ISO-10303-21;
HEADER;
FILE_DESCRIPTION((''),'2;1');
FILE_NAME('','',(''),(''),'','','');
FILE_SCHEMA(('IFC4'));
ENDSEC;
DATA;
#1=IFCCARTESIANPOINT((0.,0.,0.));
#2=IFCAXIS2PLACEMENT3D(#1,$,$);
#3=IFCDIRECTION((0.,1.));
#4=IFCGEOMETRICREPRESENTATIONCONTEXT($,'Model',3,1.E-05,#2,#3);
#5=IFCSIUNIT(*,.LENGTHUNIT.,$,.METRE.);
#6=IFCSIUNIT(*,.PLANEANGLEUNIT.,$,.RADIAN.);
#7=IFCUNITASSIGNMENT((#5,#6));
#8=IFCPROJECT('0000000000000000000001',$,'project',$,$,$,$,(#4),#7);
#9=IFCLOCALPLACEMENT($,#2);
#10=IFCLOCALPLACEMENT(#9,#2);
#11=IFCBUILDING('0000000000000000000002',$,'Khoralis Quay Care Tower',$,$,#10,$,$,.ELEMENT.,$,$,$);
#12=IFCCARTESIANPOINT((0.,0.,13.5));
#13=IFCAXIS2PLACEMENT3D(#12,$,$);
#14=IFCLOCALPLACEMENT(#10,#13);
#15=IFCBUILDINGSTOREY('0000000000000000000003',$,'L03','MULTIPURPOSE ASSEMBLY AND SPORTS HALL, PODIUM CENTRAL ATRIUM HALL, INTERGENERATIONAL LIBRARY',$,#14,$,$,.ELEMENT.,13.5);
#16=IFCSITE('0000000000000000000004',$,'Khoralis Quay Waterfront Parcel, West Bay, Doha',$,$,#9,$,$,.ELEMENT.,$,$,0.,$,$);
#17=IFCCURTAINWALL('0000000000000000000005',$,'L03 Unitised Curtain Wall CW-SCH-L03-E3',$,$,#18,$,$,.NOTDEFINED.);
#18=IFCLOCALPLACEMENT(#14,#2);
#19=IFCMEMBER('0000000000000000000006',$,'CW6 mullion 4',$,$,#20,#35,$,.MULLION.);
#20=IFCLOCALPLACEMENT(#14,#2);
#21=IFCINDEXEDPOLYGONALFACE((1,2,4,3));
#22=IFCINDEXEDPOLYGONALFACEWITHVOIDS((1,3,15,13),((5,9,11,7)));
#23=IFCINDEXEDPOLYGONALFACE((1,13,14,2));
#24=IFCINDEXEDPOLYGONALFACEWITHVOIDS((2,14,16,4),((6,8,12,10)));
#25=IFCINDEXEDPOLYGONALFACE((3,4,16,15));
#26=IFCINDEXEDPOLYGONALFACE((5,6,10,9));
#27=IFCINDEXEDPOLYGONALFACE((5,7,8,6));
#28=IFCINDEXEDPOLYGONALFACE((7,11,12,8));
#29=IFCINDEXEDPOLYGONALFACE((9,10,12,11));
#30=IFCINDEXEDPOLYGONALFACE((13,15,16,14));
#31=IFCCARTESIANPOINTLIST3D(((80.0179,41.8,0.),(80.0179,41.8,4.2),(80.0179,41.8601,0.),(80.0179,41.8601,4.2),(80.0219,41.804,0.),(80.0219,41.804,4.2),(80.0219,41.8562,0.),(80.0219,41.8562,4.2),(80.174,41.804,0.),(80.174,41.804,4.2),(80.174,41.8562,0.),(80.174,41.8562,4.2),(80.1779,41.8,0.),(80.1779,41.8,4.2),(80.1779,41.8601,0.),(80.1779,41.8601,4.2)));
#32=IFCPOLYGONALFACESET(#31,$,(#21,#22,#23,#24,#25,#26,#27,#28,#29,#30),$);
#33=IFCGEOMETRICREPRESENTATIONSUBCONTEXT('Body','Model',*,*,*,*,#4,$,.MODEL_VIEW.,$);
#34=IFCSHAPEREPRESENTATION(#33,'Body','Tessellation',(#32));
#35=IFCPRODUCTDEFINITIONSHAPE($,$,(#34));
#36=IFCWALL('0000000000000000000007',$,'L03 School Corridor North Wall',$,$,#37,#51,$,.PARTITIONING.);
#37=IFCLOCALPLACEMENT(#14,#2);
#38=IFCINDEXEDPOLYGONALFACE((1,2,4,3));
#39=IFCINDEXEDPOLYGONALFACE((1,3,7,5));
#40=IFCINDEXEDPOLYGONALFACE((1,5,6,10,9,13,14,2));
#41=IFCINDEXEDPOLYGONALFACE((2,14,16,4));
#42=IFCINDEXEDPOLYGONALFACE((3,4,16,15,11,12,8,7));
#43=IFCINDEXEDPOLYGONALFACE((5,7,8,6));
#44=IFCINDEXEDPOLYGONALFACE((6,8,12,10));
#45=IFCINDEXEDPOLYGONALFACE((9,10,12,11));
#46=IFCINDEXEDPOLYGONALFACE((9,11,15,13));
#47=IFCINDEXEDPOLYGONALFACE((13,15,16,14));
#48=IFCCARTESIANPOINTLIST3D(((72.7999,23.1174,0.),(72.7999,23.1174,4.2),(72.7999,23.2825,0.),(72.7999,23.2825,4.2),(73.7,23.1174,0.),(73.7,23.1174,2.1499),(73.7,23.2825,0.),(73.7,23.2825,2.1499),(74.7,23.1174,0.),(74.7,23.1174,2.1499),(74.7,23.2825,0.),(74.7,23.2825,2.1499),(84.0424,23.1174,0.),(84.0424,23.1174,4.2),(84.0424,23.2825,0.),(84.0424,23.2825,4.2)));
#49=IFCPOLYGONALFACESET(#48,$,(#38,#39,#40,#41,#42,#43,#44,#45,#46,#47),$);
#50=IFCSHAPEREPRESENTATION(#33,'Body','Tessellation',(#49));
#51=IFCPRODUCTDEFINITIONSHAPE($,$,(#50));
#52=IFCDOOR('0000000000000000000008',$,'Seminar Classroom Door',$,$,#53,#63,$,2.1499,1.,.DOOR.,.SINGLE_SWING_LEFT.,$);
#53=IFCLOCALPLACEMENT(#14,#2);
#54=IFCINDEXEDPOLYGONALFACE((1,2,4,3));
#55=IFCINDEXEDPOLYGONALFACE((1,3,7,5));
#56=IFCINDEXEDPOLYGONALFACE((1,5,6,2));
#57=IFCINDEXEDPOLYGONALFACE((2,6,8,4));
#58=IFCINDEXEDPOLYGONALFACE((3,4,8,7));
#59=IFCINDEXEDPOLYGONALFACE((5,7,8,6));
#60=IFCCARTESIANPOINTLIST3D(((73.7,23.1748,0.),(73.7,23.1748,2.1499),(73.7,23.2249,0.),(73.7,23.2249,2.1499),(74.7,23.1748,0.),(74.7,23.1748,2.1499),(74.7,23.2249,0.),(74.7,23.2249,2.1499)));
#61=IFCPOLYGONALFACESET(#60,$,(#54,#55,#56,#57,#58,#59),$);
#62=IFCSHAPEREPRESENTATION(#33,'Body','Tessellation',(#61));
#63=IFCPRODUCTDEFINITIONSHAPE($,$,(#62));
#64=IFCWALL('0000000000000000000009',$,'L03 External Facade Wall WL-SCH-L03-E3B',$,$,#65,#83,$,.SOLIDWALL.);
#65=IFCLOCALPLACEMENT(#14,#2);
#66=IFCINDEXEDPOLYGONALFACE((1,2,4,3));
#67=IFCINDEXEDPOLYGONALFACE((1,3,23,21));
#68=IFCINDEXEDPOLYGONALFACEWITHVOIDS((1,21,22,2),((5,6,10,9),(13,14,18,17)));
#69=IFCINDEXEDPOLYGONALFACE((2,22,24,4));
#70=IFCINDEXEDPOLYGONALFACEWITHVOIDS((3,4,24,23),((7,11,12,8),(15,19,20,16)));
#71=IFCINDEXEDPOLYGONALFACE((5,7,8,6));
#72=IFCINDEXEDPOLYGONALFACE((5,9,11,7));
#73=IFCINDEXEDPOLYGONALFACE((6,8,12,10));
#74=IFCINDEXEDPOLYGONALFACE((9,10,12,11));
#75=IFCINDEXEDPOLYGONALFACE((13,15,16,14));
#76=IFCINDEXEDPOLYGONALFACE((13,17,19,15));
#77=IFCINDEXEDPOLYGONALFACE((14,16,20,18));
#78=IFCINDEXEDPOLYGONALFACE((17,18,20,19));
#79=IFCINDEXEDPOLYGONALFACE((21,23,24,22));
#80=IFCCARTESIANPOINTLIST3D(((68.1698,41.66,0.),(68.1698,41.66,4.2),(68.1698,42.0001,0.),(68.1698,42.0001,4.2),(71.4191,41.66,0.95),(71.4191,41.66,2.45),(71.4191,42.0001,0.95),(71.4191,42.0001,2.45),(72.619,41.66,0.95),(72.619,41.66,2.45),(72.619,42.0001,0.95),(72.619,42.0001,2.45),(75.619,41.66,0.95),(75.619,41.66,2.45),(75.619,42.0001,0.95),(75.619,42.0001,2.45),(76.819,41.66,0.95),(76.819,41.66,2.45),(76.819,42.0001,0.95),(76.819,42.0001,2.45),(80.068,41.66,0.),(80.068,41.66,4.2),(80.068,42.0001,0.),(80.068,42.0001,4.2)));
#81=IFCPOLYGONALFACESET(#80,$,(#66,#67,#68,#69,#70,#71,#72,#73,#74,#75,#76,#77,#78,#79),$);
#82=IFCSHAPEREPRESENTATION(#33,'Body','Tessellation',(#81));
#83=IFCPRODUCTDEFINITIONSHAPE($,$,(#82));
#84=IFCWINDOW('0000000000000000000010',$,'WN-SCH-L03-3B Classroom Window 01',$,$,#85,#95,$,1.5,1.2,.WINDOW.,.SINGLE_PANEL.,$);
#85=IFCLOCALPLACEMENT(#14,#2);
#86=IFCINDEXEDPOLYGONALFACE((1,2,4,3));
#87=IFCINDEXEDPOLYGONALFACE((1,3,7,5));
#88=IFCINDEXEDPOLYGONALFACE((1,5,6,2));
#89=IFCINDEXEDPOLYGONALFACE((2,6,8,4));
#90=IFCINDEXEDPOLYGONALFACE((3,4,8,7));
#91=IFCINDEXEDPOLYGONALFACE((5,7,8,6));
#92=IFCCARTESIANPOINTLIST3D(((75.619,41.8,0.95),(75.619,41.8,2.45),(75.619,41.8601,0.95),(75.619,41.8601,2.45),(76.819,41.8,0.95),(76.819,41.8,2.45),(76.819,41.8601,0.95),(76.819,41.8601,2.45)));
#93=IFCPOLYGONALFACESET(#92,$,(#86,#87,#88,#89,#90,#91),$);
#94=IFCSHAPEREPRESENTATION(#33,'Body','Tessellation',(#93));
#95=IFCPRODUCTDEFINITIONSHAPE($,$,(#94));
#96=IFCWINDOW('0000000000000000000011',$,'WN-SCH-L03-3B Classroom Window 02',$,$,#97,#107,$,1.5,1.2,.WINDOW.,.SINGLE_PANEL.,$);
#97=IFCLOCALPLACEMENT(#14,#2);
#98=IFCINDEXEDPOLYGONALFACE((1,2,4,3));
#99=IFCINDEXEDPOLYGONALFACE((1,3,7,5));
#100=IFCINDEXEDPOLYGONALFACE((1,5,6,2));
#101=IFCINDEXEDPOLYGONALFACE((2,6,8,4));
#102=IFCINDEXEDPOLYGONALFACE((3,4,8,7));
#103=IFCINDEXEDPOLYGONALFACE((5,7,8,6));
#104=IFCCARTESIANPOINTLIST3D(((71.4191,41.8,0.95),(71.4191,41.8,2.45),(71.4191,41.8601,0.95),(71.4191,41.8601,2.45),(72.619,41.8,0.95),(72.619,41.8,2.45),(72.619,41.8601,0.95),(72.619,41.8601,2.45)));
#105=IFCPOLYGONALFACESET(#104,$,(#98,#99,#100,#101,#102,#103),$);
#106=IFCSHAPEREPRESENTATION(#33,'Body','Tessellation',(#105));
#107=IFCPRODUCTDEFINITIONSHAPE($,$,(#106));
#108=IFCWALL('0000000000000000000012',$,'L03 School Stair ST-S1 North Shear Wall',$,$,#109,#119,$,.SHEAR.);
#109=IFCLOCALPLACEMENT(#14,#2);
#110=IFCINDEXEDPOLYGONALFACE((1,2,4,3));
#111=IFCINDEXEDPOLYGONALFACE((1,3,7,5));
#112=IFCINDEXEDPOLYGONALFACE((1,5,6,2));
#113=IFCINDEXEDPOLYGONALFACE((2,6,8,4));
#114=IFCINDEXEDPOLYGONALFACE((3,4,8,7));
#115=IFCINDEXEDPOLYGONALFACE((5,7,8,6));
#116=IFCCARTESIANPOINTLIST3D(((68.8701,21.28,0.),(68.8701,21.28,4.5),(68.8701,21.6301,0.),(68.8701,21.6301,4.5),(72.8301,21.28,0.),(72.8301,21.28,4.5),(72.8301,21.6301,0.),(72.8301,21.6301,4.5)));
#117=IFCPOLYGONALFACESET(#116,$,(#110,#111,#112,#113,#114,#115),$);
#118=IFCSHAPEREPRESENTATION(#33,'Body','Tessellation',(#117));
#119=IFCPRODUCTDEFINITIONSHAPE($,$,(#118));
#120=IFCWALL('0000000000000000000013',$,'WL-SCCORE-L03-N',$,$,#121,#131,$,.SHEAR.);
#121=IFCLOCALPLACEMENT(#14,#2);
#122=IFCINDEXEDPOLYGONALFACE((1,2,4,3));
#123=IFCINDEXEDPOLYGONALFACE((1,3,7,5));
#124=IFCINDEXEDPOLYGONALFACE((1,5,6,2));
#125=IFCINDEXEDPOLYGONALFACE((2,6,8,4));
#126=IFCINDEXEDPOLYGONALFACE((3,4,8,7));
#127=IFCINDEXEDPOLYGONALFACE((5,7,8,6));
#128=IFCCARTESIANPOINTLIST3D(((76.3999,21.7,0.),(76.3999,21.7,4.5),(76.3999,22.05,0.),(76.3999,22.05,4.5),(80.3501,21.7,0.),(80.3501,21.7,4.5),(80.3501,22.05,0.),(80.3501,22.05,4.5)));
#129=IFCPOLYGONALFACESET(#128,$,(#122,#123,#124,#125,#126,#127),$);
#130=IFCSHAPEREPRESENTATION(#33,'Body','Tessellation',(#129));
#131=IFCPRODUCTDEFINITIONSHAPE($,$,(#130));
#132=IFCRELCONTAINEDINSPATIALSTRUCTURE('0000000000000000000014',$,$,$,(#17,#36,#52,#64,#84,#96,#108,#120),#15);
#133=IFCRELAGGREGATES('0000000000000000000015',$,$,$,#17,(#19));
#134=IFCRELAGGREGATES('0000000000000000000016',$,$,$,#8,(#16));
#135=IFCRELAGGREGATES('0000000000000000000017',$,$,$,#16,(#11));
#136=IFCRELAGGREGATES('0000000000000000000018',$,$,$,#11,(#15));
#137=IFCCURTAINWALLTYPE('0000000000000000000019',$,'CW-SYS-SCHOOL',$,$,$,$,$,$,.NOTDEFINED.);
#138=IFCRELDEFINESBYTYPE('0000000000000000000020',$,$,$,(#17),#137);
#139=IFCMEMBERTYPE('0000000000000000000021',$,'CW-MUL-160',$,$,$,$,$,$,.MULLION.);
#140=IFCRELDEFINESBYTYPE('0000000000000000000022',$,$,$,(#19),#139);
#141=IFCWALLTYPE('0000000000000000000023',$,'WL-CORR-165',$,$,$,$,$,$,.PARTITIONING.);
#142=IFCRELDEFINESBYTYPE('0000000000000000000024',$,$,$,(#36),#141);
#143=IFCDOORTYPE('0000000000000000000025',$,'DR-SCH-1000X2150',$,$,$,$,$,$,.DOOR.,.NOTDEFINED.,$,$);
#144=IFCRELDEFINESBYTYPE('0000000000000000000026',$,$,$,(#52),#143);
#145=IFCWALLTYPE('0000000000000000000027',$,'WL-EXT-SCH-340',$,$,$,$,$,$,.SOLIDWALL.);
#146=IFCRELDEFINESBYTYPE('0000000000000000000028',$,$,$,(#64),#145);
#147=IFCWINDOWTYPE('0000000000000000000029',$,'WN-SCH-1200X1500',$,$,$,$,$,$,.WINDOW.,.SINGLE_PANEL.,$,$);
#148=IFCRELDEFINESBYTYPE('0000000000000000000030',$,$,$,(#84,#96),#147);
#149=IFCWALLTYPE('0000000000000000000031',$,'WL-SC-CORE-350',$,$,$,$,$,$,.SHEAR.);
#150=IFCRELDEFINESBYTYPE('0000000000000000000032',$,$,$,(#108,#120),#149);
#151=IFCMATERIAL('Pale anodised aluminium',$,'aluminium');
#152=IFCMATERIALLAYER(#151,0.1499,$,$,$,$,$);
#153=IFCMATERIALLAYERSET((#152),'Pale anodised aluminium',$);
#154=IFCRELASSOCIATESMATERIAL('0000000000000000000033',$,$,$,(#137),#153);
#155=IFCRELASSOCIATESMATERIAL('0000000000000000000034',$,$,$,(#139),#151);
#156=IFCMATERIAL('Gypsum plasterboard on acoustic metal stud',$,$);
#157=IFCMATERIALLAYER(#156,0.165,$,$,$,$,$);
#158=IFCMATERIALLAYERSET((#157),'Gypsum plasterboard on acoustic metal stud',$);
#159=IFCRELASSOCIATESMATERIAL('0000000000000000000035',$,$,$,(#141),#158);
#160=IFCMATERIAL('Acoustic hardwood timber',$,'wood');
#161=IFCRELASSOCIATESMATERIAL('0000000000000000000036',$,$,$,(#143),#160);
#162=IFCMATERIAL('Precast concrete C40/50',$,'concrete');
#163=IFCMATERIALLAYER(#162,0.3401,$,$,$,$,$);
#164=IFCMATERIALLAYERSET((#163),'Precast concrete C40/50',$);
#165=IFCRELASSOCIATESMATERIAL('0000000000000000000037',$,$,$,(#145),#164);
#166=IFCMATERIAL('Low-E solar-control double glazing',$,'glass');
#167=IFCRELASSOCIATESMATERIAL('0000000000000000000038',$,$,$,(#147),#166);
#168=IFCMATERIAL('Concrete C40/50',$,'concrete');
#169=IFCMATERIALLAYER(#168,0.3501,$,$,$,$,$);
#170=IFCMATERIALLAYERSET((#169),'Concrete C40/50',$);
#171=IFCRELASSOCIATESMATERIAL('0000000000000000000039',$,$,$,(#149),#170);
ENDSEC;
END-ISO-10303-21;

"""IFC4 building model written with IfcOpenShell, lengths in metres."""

from ifc_helpers import new_model, si_unit, direction, frame, frame_2d, origin, origin_2d, place, context, subcontext, project, spatial, rectangle, hollow_rectangle, extrude, source, transform, mapped, material, layer, layer_set, material_profile, profile_set, type_object, element, fill, aggregate, save


model = new_model("IFC4")

# Units and contexts
model_context = context("Model", 3, precision=1e-05, world=origin(), true_north=direction((0.0, 1.0)))
body_context = subcontext(model_context, "Body", "Model", "MODEL_VIEW")
ifc_project = project(units=[si_unit("LENGTHUNIT", "METRE"), si_unit("PLANEANGLEUNIT", "RADIAN")], contexts=[model_context])

# Site, building, storey
site_placement = place(None, origin())
site = spatial("IfcSite", under=ifc_project, at=site_placement, Name="Khoralis Quay Waterfront Parcel, West Bay, Doha", CompositionType="ELEMENT", RefElevation=0.0)
building_placement = place(site_placement, origin())
building = spatial("IfcBuilding", under=site, at=building_placement, Name="Khoralis Quay Care Tower", CompositionType="ELEMENT")
storey_placement = place(building_placement, frame((0.0, 0.0, 13.5)))
storey = spatial("IfcBuildingStorey", under=building, at=storey_placement, Name="L03", Description="MULTIPURPOSE ASSEMBLY AND SPORTS HALL, PODIUM CENTRAL ATRIUM HALL, INTERGENERATIONAL LIBRARY", CompositionType="ELEMENT", Elevation=13.5)

# Shared definitions
ifc_material_1 = material(Name="Concrete C40/50", Category="concrete")

# Curtain wall, member
ifc_material_2 = material(Name="Pale anodised aluminium", Category="aluminium")
ifc_layer_1 = layer(ifc_material_2, 0.1499)
ifc_layer_set_1 = layer_set([ifc_layer_1], Name="Pale anodised aluminium")
curtain_wall_type = type_object("IfcCurtainWallType", Name="CW-SYS-SCHOOL", PredefinedType="NOTDEFINED", material=ifc_layer_set_1)
curtain_wall_placement = place(storey_placement, origin())
curtain_wall = element("IfcCurtainWall", 1, at=curtain_wall_placement, inside=storey, type_object=curtain_wall_type, Name="L03 Unitised Curtain Wall CW-SCH-L03-E3", PredefinedType="NOTDEFINED")
ifc_material_profile_1 = material_profile(ifc_material_2, hollow_rectangle(XDim=0.0601, YDim=0.1599, WallThickness=0.0039, at=origin_2d()), Name="Pale anodised aluminium")
ifc_profile_set_1 = profile_set([ifc_material_profile_1], Name="Pale anodised aluminium")
member_type = type_object("IfcMemberType", Name="CW-MUL-160", PredefinedType="MULLION", material=ifc_profile_set_1)
shared_shape_1 = source(origin(), body_context, "Body", "SweptSolid", [
    extrude(hollow_rectangle(XDim=0.0601, YDim=0.1599, WallThickness=0.0039, at=origin_2d()), origin(), (0.0, 0.0, 1.0), 4.2),
])
member_placement = place(storey_placement, frame((80.0979, 41.8301, 0.0), z_axis=(0.0, 0.0, 1.0), x_axis=(0.0, -1.0, 0.0)))
member = element("IfcMember", 2, at=member_placement, type_object=member_type, Name="CW6 mullion 4", PredefinedType="MULLION", context=body_context, shape_type="MappedRepresentation", body=[
    mapped(shared_shape_1, transform((0.0, 0.0, 0.0), scale=1.0)),
])
aggregate(curtain_wall, [member])

# Wall, opening, door
ifc_material_3 = material(Name="Gypsum plasterboard on acoustic metal stud")
ifc_layer_2 = layer(ifc_material_3, 0.165)
ifc_layer_set_2 = layer_set([ifc_layer_2], Name="Gypsum plasterboard on acoustic metal stud")
wall_type_1 = type_object("IfcWallType", Name="WL-CORR-165", PredefinedType="PARTITIONING", material=ifc_layer_set_2)
wall_1_placement = place(storey_placement, frame((72.8, 23.2, 0.0), z_axis=(0.0, 0.0, 1.0), x_axis=(1.0, 0.0, 0.0)))
wall_1 = element("IfcWall", 3, at=wall_1_placement, inside=storey, type_object=wall_type_1, Name="L03 School Corridor North Wall", PredefinedType="PARTITIONING", context=body_context, shape_type="SweptSolid", body=[
    extrude(rectangle(XDim=11.2424, YDim=0.165, at=frame_2d((5.6211, 0.0))), origin(), (0.0, 0.0, 1.0), 4.2),
])
opening_1_placement = place(wall_1_placement, frame((0.8999, 0.0, 0.0)))
opening_1 = element("IfcOpeningElement", 4, at=opening_1_placement, cuts=wall_1, PredefinedType="OPENING", context=body_context, shape_type="SweptSolid", body=[
    extrude(rectangle(XDim=1.0, YDim=2.1499, at=frame_2d((0.5, 1.075))), frame((0.0, 0.0925, 0.0), z_axis=(0.0, -1.0, 0.0), x_axis=(1.0, 0.0, 0.0)), (0.0, 0.0, 1.0), 0.1851),
])
ifc_material_4 = material(Name="Acoustic hardwood timber", Category="wood")
door_type = type_object("IfcDoorType", Name="DR-SCH-1000X2150", OperationType="NOTDEFINED", PredefinedType="DOOR", material=ifc_material_4)
shared_shape_2 = source(origin(), body_context, "Body", "SweptSolid", [
    extrude(rectangle(XDim=1.0, YDim=2.1499, at=frame_2d((0.5, 1.075))), frame((0.0, 0.0249, 0.0), z_axis=(0.0, -1.0, 0.0), x_axis=(1.0, 0.0, 0.0)), (0.0, 0.0, 1.0), 0.05),
])
door_placement = place(opening_1_placement, origin())
door = element("IfcDoor", 5, at=door_placement, inside=storey, type_object=door_type, Name="Seminar Classroom Door", OperationType="SINGLE_SWING_LEFT", OverallHeight=2.1499, OverallWidth=1.0, PredefinedType="DOOR", context=body_context, shape_type="MappedRepresentation", body=[
    mapped(shared_shape_2, transform((0.0, 0.0, 0.0), scale=1.0)),
])
fill(opening_1, door)

# Wall, openings, windows
ifc_material_5 = material(Name="Precast concrete C40/50", Category="concrete")
ifc_layer_3 = layer(ifc_material_5, 0.3401)
ifc_layer_set_3 = layer_set([ifc_layer_3], Name="Precast concrete C40/50")
wall_type_2 = type_object("IfcWallType", Name="WL-EXT-SCH-340", PredefinedType="SOLIDWALL", material=ifc_layer_set_3)
wall_2_placement = place(storey_placement, frame((80.0681, 41.8301, 0.0), z_axis=(0.0, 0.0, 1.0), x_axis=(-1.0, 0.0, 0.0)))
wall_2 = element("IfcWall", 6, at=wall_2_placement, inside=storey, type_object=wall_type_2, Name="L03 External Facade Wall WL-SCH-L03-E3B", PredefinedType="SOLIDWALL", context=body_context, shape_type="SweptSolid", body=[
    extrude(rectangle(XDim=11.8982, YDim=0.3401, at=frame_2d((5.9492, 0.0))), origin(), (0.0, 0.0, 1.0), 4.2),
])
opening_2_placement = place(wall_2_placement, frame((3.249, 0.0, 0.95)))
opening_2 = element("IfcOpeningElement", 7, at=opening_2_placement, cuts=wall_2, PredefinedType="OPENING", context=body_context, shape_type="SweptSolid", body=[
    extrude(rectangle(XDim=1.2, YDim=1.5, at=frame_2d((0.6001, 0.75))), frame((0.0, 0.1802, 0.0), z_axis=(0.0, -1.0, 0.0), x_axis=(1.0, 0.0, 0.0)), (0.0, 0.0, 1.0), 0.3601),
])
opening_3_placement = place(wall_2_placement, frame((7.449, 0.0, 0.95)))
opening_3 = element("IfcOpeningElement", 8, at=opening_3_placement, cuts=wall_2, PredefinedType="OPENING", context=body_context, shape_type="SweptSolid", body=[
    extrude(rectangle(XDim=1.2, YDim=1.5, at=frame_2d((0.6001, 0.75))), frame((0.0, 0.1802, 0.0), z_axis=(0.0, -1.0, 0.0), x_axis=(1.0, 0.0, 0.0)), (0.0, 0.0, 1.0), 0.3601),
])
ifc_material_6 = material(Name="Low-E solar-control double glazing", Category="glass")
window_type = type_object("IfcWindowType", Name="WN-SCH-1200X1500", PartitioningType="SINGLE_PANEL", PredefinedType="WINDOW", material=ifc_material_6)
shared_shape_3 = source(origin(), body_context, "Body", "SweptSolid", [
    extrude(rectangle(XDim=1.2, YDim=1.5, at=frame_2d((0.6001, 0.75))), frame((0.0, 0.03, 0.0), z_axis=(0.0, -1.0, 0.0), x_axis=(1.0, 0.0, 0.0)), (0.0, 0.0, 1.0), 0.0601),
])
window_1_placement = place(opening_2_placement, origin())
window_1 = element("IfcWindow", 9, at=window_1_placement, inside=storey, type_object=window_type, Name="WN-SCH-L03-3B Classroom Window 01", OverallHeight=1.5, OverallWidth=1.2, PartitioningType="SINGLE_PANEL", PredefinedType="WINDOW", context=body_context, shape_type="MappedRepresentation", body=[
    mapped(shared_shape_3, transform((0.0, 0.0, 0.0), scale=1.0)),
])
fill(opening_2, window_1)
window_2_placement = place(opening_3_placement, origin())
window_2 = element("IfcWindow", 10, at=window_2_placement, inside=storey, type_object=window_type, Name="WN-SCH-L03-3B Classroom Window 02", OverallHeight=1.5, OverallWidth=1.2, PartitioningType="SINGLE_PANEL", PredefinedType="WINDOW", context=body_context, shape_type="MappedRepresentation", body=[
    mapped(shared_shape_3, transform((0.0, 0.0, 0.0), scale=1.0)),
])
fill(opening_3, window_2)

# Walls
ifc_layer_4 = layer(ifc_material_1, 0.3501)
ifc_layer_set_4 = layer_set([ifc_layer_4], Name="Concrete C40/50")
wall_type_3 = type_object("IfcWallType", Name="WL-SC-CORE-350", PredefinedType="SHEAR", material=ifc_layer_set_4)
wall_3_placement = place(storey_placement, frame((68.8701, 21.4551, 0.0), z_axis=(0.0, 0.0, 1.0), x_axis=(1.0, 0.0, 0.0)))
element("IfcWall", 11, at=wall_3_placement, inside=storey, type_object=wall_type_3, Name="L03 School Stair ST-S1 North Shear Wall", PredefinedType="SHEAR", context=body_context, shape_type="SweptSolid", body=[
    extrude(rectangle(XDim=3.96, YDim=0.3501, at=frame_2d((1.98, 0.0))), origin(), (0.0, 0.0, 1.0), 4.5),
])
wall_4_placement = place(storey_placement, frame((76.3999, 21.875, 0.0), z_axis=(0.0, 0.0, 1.0), x_axis=(1.0, 0.0, 0.0)))
element("IfcWall", 12, at=wall_4_placement, inside=storey, type_object=wall_type_3, Name="WL-SCCORE-L03-N", PredefinedType="SHEAR", context=body_context, shape_type="SweptSolid", body=[
    extrude(rectangle(XDim=3.9502, YDim=0.3501, at=frame_2d((1.9751, 0.0))), origin(), (0.0, 0.0, 1.0), 4.5),
])

save(model, "model.ifc")
